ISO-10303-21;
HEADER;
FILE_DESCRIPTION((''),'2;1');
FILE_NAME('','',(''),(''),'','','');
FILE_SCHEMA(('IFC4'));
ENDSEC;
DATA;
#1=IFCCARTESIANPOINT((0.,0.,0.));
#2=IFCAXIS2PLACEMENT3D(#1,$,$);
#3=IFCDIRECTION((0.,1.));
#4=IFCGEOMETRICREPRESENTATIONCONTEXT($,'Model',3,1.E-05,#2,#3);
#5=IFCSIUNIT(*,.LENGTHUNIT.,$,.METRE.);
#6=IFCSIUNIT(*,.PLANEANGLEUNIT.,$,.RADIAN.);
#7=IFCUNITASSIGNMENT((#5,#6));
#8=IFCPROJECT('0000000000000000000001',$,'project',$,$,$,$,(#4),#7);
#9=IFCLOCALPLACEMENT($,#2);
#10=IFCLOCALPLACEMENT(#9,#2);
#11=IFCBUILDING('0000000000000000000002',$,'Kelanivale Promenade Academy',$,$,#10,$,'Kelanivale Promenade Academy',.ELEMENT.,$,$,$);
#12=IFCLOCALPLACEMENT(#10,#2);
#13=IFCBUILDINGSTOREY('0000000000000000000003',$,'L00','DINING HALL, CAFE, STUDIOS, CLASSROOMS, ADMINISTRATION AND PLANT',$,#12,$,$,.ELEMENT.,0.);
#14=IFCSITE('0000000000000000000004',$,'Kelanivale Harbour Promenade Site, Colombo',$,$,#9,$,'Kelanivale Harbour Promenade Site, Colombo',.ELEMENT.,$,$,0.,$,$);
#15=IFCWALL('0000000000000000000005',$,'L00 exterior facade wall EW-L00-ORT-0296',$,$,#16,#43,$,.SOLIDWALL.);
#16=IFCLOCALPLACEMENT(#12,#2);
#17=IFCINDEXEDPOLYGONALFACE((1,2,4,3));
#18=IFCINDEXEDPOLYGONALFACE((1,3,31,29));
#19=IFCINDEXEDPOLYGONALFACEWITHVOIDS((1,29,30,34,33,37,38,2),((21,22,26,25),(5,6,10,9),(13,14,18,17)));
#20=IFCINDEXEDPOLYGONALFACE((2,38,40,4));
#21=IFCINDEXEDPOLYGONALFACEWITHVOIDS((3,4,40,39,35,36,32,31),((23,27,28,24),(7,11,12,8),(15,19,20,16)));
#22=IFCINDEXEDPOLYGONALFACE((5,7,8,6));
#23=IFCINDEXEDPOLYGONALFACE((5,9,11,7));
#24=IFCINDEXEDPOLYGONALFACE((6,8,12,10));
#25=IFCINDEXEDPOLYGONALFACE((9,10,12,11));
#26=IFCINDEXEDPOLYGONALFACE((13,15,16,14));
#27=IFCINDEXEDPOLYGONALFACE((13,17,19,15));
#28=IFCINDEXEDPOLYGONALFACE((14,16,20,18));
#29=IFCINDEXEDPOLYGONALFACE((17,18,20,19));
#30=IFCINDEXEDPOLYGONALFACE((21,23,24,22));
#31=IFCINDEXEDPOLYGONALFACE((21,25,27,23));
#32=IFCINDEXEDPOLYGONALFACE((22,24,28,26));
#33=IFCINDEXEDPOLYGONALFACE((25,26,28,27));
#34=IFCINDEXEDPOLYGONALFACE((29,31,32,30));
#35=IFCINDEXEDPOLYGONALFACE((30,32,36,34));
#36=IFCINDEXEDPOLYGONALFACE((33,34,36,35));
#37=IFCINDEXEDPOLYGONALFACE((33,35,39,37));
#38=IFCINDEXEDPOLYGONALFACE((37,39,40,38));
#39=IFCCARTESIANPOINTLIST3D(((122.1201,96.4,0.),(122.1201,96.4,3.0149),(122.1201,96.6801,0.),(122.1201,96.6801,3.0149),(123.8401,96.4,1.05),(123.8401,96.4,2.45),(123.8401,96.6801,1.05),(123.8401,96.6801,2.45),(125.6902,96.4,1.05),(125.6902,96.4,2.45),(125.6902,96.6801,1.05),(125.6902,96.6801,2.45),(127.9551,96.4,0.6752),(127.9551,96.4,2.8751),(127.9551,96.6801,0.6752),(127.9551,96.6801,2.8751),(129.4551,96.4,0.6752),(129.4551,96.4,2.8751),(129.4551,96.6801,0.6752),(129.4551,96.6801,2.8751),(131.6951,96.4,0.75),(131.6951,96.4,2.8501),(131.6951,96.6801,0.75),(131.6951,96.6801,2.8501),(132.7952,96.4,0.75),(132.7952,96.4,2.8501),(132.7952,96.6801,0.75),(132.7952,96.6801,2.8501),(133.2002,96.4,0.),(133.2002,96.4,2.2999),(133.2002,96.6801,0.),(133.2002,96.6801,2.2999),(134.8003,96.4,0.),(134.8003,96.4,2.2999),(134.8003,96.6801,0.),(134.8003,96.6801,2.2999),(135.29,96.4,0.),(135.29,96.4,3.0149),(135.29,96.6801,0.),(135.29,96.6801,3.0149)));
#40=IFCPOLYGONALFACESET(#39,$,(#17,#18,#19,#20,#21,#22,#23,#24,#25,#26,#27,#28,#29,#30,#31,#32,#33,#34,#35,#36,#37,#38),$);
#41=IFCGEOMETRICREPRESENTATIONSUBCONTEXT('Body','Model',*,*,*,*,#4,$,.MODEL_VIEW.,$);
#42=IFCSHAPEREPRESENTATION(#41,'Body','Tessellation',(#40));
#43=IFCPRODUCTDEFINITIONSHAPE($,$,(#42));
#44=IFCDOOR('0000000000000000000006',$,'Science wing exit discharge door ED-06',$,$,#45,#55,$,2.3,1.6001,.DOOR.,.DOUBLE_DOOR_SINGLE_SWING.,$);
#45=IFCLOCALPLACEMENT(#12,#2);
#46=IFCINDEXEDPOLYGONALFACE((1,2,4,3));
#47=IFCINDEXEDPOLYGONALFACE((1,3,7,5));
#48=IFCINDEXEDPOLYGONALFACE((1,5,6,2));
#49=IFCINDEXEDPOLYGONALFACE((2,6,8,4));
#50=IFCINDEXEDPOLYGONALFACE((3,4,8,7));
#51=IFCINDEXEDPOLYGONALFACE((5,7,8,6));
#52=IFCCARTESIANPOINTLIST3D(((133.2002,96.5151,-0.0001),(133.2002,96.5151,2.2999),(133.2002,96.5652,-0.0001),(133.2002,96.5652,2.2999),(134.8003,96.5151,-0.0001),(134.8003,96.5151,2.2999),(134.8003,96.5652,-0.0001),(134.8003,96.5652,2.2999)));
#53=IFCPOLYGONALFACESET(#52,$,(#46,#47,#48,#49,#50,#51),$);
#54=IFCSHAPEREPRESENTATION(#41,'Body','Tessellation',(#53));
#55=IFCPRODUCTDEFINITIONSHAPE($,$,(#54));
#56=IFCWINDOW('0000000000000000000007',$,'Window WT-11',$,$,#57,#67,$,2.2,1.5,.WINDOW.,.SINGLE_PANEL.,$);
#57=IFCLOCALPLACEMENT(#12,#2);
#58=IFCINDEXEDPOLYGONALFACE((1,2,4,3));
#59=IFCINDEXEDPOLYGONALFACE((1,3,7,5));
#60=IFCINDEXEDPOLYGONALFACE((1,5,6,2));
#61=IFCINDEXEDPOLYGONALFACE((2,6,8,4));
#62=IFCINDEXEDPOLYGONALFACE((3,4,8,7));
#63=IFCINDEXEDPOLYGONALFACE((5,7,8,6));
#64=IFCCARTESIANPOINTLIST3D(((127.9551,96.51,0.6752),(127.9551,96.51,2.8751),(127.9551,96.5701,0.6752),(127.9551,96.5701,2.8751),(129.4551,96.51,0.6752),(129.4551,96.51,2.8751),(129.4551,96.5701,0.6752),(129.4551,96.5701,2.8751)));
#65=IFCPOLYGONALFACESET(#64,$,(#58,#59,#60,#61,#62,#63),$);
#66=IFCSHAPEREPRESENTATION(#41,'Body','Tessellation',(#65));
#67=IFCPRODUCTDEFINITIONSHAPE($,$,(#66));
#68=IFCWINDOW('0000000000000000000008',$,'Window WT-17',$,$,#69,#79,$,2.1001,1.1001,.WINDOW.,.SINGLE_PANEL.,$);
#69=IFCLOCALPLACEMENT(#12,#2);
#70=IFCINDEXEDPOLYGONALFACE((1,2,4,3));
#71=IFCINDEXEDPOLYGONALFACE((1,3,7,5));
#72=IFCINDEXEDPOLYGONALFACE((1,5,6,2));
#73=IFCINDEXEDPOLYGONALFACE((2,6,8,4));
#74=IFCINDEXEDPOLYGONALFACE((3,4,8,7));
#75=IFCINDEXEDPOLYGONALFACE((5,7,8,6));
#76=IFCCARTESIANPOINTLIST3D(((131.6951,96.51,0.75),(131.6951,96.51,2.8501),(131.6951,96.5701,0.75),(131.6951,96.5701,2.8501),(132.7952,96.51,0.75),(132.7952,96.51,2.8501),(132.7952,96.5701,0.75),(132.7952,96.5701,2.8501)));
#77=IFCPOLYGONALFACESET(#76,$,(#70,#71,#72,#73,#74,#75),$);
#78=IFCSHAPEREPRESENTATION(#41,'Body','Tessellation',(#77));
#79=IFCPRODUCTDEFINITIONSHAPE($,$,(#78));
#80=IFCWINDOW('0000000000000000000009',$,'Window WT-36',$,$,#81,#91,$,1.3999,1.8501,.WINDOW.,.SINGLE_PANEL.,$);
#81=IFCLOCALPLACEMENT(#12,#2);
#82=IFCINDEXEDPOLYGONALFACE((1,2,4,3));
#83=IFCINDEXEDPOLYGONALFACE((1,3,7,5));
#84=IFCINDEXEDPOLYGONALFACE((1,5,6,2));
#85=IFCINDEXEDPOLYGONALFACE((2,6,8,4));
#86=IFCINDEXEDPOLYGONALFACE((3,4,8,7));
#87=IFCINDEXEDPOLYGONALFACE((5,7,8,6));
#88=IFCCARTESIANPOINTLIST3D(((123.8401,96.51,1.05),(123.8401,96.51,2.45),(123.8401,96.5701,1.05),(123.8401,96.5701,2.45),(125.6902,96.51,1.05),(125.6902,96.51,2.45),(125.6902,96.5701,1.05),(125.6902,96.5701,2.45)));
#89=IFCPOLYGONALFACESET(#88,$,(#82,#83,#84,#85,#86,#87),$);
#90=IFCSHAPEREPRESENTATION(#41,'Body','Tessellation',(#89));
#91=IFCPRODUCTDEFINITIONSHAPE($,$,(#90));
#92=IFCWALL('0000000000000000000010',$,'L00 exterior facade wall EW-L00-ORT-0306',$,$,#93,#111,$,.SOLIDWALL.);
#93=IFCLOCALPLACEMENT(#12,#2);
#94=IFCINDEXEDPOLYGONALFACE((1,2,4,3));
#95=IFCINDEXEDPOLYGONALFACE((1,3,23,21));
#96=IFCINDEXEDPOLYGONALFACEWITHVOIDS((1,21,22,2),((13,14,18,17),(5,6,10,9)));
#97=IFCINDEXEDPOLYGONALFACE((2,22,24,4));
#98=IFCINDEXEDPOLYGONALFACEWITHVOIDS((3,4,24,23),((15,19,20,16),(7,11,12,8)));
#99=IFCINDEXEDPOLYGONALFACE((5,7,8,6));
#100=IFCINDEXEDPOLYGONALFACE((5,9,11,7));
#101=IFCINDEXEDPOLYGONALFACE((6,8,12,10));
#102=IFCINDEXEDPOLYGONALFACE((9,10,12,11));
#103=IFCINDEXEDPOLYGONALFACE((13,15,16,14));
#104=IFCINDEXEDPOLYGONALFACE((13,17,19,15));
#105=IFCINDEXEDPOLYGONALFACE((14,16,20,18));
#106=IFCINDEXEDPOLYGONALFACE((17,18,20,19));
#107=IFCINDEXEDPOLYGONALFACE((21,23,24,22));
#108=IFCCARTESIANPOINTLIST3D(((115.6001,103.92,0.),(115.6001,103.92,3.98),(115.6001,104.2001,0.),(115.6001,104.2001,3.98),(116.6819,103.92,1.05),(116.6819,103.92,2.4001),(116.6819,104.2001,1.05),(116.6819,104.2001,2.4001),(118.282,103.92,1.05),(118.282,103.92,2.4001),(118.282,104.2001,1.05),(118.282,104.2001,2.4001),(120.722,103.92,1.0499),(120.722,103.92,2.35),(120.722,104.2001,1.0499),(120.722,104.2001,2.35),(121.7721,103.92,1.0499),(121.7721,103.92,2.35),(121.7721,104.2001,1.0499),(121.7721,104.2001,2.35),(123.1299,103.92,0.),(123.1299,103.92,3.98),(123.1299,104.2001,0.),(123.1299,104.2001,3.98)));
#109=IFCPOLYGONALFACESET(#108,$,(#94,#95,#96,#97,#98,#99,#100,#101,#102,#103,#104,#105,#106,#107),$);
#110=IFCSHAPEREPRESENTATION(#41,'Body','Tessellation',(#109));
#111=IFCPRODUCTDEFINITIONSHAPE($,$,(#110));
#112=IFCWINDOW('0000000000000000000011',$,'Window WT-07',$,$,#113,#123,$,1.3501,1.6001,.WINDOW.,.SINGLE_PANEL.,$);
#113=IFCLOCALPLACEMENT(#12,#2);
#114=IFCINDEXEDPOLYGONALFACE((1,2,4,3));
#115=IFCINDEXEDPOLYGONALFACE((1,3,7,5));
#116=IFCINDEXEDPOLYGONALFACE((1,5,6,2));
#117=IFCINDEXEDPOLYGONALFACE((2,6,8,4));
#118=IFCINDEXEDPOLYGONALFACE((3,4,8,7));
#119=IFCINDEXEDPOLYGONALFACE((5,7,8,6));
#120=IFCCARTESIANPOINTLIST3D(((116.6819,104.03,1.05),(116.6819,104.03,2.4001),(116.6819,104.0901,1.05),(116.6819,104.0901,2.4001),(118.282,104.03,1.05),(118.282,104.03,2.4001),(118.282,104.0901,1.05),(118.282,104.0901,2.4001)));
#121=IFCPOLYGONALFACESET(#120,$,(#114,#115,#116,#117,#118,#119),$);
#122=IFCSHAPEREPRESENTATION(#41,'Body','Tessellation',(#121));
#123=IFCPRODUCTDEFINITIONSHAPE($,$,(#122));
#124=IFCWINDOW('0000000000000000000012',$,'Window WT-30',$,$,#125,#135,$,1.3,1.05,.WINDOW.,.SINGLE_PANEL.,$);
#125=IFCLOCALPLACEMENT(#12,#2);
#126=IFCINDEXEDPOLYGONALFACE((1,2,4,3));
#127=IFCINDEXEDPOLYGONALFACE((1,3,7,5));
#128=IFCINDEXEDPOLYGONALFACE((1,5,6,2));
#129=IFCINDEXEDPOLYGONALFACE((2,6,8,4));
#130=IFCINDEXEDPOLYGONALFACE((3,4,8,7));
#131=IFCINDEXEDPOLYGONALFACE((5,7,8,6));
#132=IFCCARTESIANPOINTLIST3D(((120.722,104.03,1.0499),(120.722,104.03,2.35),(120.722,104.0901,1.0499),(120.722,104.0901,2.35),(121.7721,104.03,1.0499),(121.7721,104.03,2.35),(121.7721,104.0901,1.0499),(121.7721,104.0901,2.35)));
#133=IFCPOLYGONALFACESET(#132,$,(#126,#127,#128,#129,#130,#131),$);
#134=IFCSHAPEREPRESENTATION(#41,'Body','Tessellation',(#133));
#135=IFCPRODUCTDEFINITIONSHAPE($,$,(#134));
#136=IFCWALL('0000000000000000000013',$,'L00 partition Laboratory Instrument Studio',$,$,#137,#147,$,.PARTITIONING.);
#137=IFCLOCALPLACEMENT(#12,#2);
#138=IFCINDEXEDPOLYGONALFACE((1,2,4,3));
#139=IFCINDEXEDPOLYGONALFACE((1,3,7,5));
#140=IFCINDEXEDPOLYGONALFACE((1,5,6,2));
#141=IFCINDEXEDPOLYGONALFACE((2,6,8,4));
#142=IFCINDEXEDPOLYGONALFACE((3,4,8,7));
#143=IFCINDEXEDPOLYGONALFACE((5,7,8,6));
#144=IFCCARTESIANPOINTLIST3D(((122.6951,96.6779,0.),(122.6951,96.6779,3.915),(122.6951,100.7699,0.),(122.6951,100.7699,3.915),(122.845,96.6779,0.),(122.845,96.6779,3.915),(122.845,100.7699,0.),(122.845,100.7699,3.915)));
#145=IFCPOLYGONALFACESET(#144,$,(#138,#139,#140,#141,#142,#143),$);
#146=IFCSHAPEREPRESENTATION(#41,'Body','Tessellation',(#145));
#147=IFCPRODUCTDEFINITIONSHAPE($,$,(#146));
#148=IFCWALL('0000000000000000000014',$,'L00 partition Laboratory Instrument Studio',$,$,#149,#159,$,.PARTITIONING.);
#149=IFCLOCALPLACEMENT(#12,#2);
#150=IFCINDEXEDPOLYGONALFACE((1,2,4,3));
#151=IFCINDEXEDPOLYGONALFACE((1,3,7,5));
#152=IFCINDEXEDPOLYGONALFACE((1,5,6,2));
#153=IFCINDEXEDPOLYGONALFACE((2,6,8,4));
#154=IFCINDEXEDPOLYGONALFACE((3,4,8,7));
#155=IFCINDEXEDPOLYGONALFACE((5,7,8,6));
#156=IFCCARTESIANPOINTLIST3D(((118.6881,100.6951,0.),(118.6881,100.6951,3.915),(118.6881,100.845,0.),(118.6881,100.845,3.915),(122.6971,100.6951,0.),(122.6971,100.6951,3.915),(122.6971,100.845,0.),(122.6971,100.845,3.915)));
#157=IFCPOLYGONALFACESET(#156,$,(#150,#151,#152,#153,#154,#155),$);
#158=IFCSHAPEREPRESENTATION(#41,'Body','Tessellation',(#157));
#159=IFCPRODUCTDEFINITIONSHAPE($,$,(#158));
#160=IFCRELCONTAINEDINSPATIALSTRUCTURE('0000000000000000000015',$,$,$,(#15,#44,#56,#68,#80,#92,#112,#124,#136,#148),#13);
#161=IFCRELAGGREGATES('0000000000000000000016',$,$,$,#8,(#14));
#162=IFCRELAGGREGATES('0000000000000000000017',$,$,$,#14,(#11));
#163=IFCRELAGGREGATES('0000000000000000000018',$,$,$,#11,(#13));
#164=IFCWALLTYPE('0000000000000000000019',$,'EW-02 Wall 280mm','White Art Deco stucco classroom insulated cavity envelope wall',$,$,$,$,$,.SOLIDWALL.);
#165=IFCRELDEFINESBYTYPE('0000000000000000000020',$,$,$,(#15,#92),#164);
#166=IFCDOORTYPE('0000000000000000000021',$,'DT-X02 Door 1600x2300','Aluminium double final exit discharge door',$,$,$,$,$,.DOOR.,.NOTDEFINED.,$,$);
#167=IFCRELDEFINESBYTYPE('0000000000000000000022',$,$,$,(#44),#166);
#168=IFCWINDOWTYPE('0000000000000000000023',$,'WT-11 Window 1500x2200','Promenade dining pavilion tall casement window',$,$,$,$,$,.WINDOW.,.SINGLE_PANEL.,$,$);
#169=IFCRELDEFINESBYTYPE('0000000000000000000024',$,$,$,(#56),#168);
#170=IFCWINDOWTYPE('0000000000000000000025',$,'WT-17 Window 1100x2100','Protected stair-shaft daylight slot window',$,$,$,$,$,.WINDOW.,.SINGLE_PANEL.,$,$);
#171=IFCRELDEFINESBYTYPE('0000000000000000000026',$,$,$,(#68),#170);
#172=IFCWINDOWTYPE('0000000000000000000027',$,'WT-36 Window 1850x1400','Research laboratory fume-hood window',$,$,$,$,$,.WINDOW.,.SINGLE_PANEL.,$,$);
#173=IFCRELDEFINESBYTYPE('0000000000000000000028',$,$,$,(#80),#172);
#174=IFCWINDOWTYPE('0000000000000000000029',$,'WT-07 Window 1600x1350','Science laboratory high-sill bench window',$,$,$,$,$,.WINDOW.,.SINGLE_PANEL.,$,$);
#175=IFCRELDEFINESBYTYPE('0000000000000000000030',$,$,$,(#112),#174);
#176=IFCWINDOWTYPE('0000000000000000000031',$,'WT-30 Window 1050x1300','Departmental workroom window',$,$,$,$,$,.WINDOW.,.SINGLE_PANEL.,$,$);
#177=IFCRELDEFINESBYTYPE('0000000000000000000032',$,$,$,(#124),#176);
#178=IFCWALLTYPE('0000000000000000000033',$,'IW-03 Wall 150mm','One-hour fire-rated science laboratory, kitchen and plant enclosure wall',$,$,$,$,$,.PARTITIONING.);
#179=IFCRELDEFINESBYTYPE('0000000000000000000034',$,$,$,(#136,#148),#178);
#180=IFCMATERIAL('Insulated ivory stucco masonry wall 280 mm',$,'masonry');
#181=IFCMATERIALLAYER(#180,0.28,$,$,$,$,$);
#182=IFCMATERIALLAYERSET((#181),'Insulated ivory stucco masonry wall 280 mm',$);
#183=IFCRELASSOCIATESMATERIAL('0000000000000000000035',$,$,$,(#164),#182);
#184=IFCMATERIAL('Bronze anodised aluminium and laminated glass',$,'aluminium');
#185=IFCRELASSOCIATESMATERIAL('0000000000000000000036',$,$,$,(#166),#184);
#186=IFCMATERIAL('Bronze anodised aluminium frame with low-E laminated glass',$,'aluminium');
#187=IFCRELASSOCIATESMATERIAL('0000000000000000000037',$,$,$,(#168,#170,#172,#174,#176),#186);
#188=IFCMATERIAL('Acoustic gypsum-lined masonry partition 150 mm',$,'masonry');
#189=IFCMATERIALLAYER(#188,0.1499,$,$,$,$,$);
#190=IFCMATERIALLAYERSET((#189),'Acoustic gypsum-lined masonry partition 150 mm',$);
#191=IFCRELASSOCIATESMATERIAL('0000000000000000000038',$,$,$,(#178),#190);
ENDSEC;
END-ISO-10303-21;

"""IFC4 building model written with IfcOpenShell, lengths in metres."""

from ifc_helpers import new_model, si_unit, direction, frame, frame_2d, origin, place, context, subcontext, project, spatial, rectangle, extrude, material, layer, layer_set, type_object, element, fill, save


model = new_model("IFC4")

# Units and contexts
model_context = context("Model", 3, precision=1e-05, world=origin(), true_north=direction((0.0, 1.0)))
body_context = subcontext(model_context, "Body", "Model", "MODEL_VIEW")
ifc_project = project(units=[si_unit("LENGTHUNIT", "METRE"), si_unit("PLANEANGLEUNIT", "RADIAN")], contexts=[model_context])

# Site, building, storey
site_placement = place(None, origin())
site = spatial("IfcSite", under=ifc_project, at=site_placement, Name="Kelanivale Harbour Promenade Site, Colombo", LongName="Kelanivale Harbour Promenade Site, Colombo", CompositionType="ELEMENT", RefElevation=0.0)
building_placement = place(site_placement, origin())
building = spatial("IfcBuilding", under=site, at=building_placement, Name="Kelanivale Promenade Academy", LongName="Kelanivale Promenade Academy", CompositionType="ELEMENT")
storey_placement = place(building_placement, origin())
storey = spatial("IfcBuildingStorey", under=building, at=storey_placement, Name="L00", Description="DINING HALL, CAFE, STUDIOS, CLASSROOMS, ADMINISTRATION AND PLANT", CompositionType="ELEMENT", Elevation=0.0)

# Wall, openings, door, windows
ifc_material_1 = material(Name="Insulated ivory stucco masonry wall 280 mm", Category="masonry")
ifc_layer_1 = layer(ifc_material_1, 0.28)
ifc_layer_set_1 = layer_set([ifc_layer_1], Name="Insulated ivory stucco masonry wall 280 mm")
wall_type_1 = type_object("IfcWallType", Name="EW-02 Wall 280mm", Description="White Art Deco stucco classroom insulated cavity envelope wall", PredefinedType="SOLIDWALL", material=ifc_layer_set_1)
wall_1_placement = place(storey_placement, frame((122.1201, 96.54, 0.0), z_axis=(0.0, 0.0, 1.0), x_axis=(1.0, 0.0, 0.0)))
wall_1 = element("IfcWall", 1, at=wall_1_placement, inside=storey, type_object=wall_type_1, Name="L00 exterior facade wall EW-L00-ORT-0296", PredefinedType="SOLIDWALL", context=body_context, shape_type="SweptSolid", body=[
    extrude(rectangle(XDim=13.1699, YDim=0.28, at=frame_2d((6.585, 0.0))), origin(), (0.0, 0.0, 1.0), 3.0149),
])
opening_1_placement = place(wall_1_placement, frame((11.0801, 0.0, 0.0)))
opening_1 = element("IfcOpeningElement", 2, at=opening_1_placement, cuts=wall_1, PredefinedType="OPENING", context=body_context, shape_type="SweptSolid", body=[
    extrude(rectangle(XDim=1.6001, YDim=2.3, at=frame_2d((0.8, 1.1499))), frame((0.0, 0.1499, 0.0), z_axis=(0.0, -1.0, 0.0), x_axis=(1.0, 0.0, 0.0)), (0.0, 0.0, 1.0), 0.3),
])
opening_2_placement = place(wall_1_placement, frame((1.72, 0.0, 1.05)))
opening_2 = element("IfcOpeningElement", 3, at=opening_2_placement, cuts=wall_1, PredefinedType="OPENING", context=body_context, shape_type="SweptSolid", body=[
    extrude(rectangle(XDim=1.8501, YDim=1.3999, at=frame_2d((0.925, 0.7))), frame((0.0, 0.1499, 0.0), z_axis=(0.0, -1.0, 0.0), x_axis=(1.0, 0.0, 0.0)), (0.0, 0.0, 1.0), 0.3),
])
opening_3_placement = place(wall_1_placement, frame((5.835, 0.0, 0.675)))
opening_3 = element("IfcOpeningElement", 4, at=opening_3_placement, cuts=wall_1, PredefinedType="OPENING", context=body_context, shape_type="SweptSolid", body=[
    extrude(rectangle(XDim=1.5, YDim=2.2, at=frame_2d((0.75, 1.1001))), frame((0.0, 0.1499, 0.0), z_axis=(0.0, -1.0, 0.0), x_axis=(1.0, 0.0, 0.0)), (0.0, 0.0, 1.0), 0.3),
])
opening_4_placement = place(wall_1_placement, frame((9.575, 0.0, 0.75)))
opening_4 = element("IfcOpeningElement", 5, at=opening_4_placement, cuts=wall_1, PredefinedType="OPENING", context=body_context, shape_type="SweptSolid", body=[
    extrude(rectangle(XDim=1.1001, YDim=2.1001, at=frame_2d((0.55, 1.05))), frame((0.0, 0.1499, 0.0), z_axis=(0.0, -1.0, 0.0), x_axis=(1.0, 0.0, 0.0)), (0.0, 0.0, 1.0), 0.3),
])
ifc_material_2 = material(Name="Bronze anodised aluminium and laminated glass", Category="aluminium")
door_type_1 = type_object("IfcDoorType", Name="DT-X02 Door 1600x2300", Description="Aluminium double final exit discharge door", OperationType="NOTDEFINED", PredefinedType="DOOR", material=ifc_material_2)
door_1_placement = place(opening_1_placement, frame((1.6001, 0.0, 0.0), z_axis=(0.0, 0.0, 1.0), x_axis=(-1.0, 0.0, 0.0)))
door_1 = element("IfcDoor", 6, at=door_1_placement, inside=storey, type_object=door_type_1, Name="Science wing exit discharge door ED-06", OperationType="DOUBLE_DOOR_SINGLE_SWING", OverallHeight=2.3, OverallWidth=1.6001, PredefinedType="DOOR", context=body_context, shape_type="SweptSolid", body=[
    extrude(rectangle(XDim=1.6001, YDim=2.3, at=frame_2d((0.8, 1.1499))), frame((0.0, 0.0249, 0.0), z_axis=(0.0, -1.0, 0.0), x_axis=(1.0, 0.0, 0.0)), (0.0, 0.0, 1.0), 0.05),
])
fill(opening_1, door_1)
ifc_material_3 = material(Name="Bronze anodised aluminium frame with low-E laminated glass", Category="aluminium")
window_type_1 = type_object("IfcWindowType", Name="WT-11 Window 1500x2200", Description="Promenade dining pavilion tall casement window", PartitioningType="SINGLE_PANEL", PredefinedType="WINDOW", material=ifc_material_3)
window_1_placement = place(opening_3_placement, origin())
window_1 = element("IfcWindow", 7, at=window_1_placement, inside=storey, type_object=window_type_1, Name="Window WT-11", OverallHeight=2.2, OverallWidth=1.5, PartitioningType="SINGLE_PANEL", PredefinedType="WINDOW", context=body_context, shape_type="SweptSolid", body=[
    extrude(rectangle(XDim=1.5, YDim=2.2, at=frame_2d((0.75, 1.1001))), frame((0.0, 0.03, 0.0), z_axis=(0.0, -1.0, 0.0), x_axis=(1.0, 0.0, 0.0)), (0.0, 0.0, 1.0), 0.0601),
])
fill(opening_3, window_1)
window_type_2 = type_object("IfcWindowType", Name="WT-17 Window 1100x2100", Description="Protected stair-shaft daylight slot window", PartitioningType="SINGLE_PANEL", PredefinedType="WINDOW", material=ifc_material_3)
window_2_placement = place(opening_4_placement, origin())
window_2 = element("IfcWindow", 8, at=window_2_placement, inside=storey, type_object=window_type_2, Name="Window WT-17", OverallHeight=2.1001, OverallWidth=1.1001, PartitioningType="SINGLE_PANEL", PredefinedType="WINDOW", context=body_context, shape_type="SweptSolid", body=[
    extrude(rectangle(XDim=1.1001, YDim=2.1001, at=frame_2d((0.55, 1.05))), frame((0.0, 0.03, 0.0), z_axis=(0.0, -1.0, 0.0), x_axis=(1.0, 0.0, 0.0)), (0.0, 0.0, 1.0), 0.0601),
])
fill(opening_4, window_2)
window_type_3 = type_object("IfcWindowType", Name="WT-36 Window 1850x1400", Description="Research laboratory fume-hood window", PartitioningType="SINGLE_PANEL", PredefinedType="WINDOW", material=ifc_material_3)
window_3_placement = place(opening_2_placement, origin())
window_3 = element("IfcWindow", 9, at=window_3_placement, inside=storey, type_object=window_type_3, Name="Window WT-36", OverallHeight=1.3999, OverallWidth=1.8501, PartitioningType="SINGLE_PANEL", PredefinedType="WINDOW", context=body_context, shape_type="SweptSolid", body=[
    extrude(rectangle(XDim=1.8501, YDim=1.3999, at=frame_2d((0.925, 0.7))), frame((0.0, 0.03, 0.0), z_axis=(0.0, -1.0, 0.0), x_axis=(1.0, 0.0, 0.0)), (0.0, 0.0, 1.0), 0.0601),
])
fill(opening_2, window_3)

# Wall, openings, windows
wall_2_placement = place(storey_placement, frame((123.1299, 104.0601, 0.0), z_axis=(0.0, 0.0, 1.0), x_axis=(-1.0, 0.0, 0.0)))
wall_2 = element("IfcWall", 10, at=wall_2_placement, inside=storey, type_object=wall_type_1, Name="L00 exterior facade wall EW-L00-ORT-0306", PredefinedType="SOLIDWALL", context=body_context, shape_type="SweptSolid", body=[
    extrude(rectangle(XDim=7.5298, YDim=0.28, at=frame_2d((3.7649, 0.0))), origin(), (0.0, 0.0, 1.0), 3.98),
])
opening_5_placement = place(wall_2_placement, frame((1.3579, 0.0, 1.05)))
opening_5 = element("IfcOpeningElement", 11, at=opening_5_placement, cuts=wall_2, PredefinedType="OPENING", context=body_context, shape_type="SweptSolid", body=[
    extrude(rectangle(XDim=1.05, YDim=1.3, at=frame_2d((0.5249, 0.6499))), frame((0.0, 0.1499, 0.0), z_axis=(0.0, -1.0, 0.0), x_axis=(1.0, 0.0, 0.0)), (0.0, 0.0, 1.0), 0.3),
])
opening_6_placement = place(wall_2_placement, frame((4.8479, 0.0, 1.05)))
opening_6 = element("IfcOpeningElement", 12, at=opening_6_placement, cuts=wall_2, PredefinedType="OPENING", context=body_context, shape_type="SweptSolid", body=[
    extrude(rectangle(XDim=1.6001, YDim=1.3501, at=frame_2d((0.8, 0.675))), frame((0.0, 0.1499, 0.0), z_axis=(0.0, -1.0, 0.0), x_axis=(1.0, 0.0, 0.0)), (0.0, 0.0, 1.0), 0.3),
])
window_type_4 = type_object("IfcWindowType", Name="WT-07 Window 1600x1350", Description="Science laboratory high-sill bench window", PartitioningType="SINGLE_PANEL", PredefinedType="WINDOW", material=ifc_material_3)
window_4_placement = place(opening_6_placement, origin())
window_4 = element("IfcWindow", 13, at=window_4_placement, inside=storey, type_object=window_type_4, Name="Window WT-07", OverallHeight=1.3501, OverallWidth=1.6001, PartitioningType="SINGLE_PANEL", PredefinedType="WINDOW", context=body_context, shape_type="SweptSolid", body=[
    extrude(rectangle(XDim=1.6001, YDim=1.3501, at=frame_2d((0.8, 0.675))), frame((0.0, 0.03, 0.0), z_axis=(0.0, -1.0, 0.0), x_axis=(1.0, 0.0, 0.0)), (0.0, 0.0, 1.0), 0.0601),
])
fill(opening_6, window_4)
window_type_5 = type_object("IfcWindowType", Name="WT-30 Window 1050x1300", Description="Departmental workroom window", PartitioningType="SINGLE_PANEL", PredefinedType="WINDOW", material=ifc_material_3)
window_5_placement = place(opening_5_placement, origin())
window_5 = element("IfcWindow", 14, at=window_5_placement, inside=storey, type_object=window_type_5, Name="Window WT-30", OverallHeight=1.3, OverallWidth=1.05, PartitioningType="SINGLE_PANEL", PredefinedType="WINDOW", context=body_context, shape_type="SweptSolid", body=[
    extrude(rectangle(XDim=1.05, YDim=1.3, at=frame_2d((0.5249, 0.6499))), frame((0.0, 0.03, 0.0), z_axis=(0.0, -1.0, 0.0), x_axis=(1.0, 0.0, 0.0)), (0.0, 0.0, 1.0), 0.0601),
])
fill(opening_5, window_5)

# Walls
ifc_material_4 = material(Name="Acoustic gypsum-lined masonry partition 150 mm", Category="masonry")
ifc_layer_2 = layer(ifc_material_4, 0.1499)
ifc_layer_set_2 = layer_set([ifc_layer_2], Name="Acoustic gypsum-lined masonry partition 150 mm")
wall_type_2 = type_object("IfcWallType", Name="IW-03 Wall 150mm", Description="One-hour fire-rated science laboratory, kitchen and plant enclosure wall", PredefinedType="PARTITIONING", material=ifc_layer_set_2)
wall_3_placement = place(storey_placement, frame((122.77, 96.678, 0.0), z_axis=(0.0, 0.0, 1.0), x_axis=(0.0, 1.0, 0.0)))
element("IfcWall", 15, at=wall_3_placement, inside=storey, type_object=wall_type_2, Name="L00 partition Laboratory Instrument Studio", PredefinedType="PARTITIONING", context=body_context, shape_type="SweptSolid", body=[
    extrude(rectangle(XDim=4.092, YDim=0.1499, at=frame_2d((2.0459, 0.0))), origin(), (0.0, 0.0, 1.0), 3.915),
])
wall_4_placement = place(storey_placement, frame((122.697, 100.77, 0.0), z_axis=(0.0, 0.0, 1.0), x_axis=(-1.0, 0.0, 0.0)))
element("IfcWall", 16, at=wall_4_placement, inside=storey, type_object=wall_type_2, Name="L00 partition Laboratory Instrument Studio", PredefinedType="PARTITIONING", context=body_context, shape_type="SweptSolid", body=[
    extrude(rectangle(XDim=4.009, YDim=0.1499, at=frame_2d((2.0044, 0.0))), origin(), (0.0, 0.0, 1.0), 3.915),
])

save(model, "model.ifc")
